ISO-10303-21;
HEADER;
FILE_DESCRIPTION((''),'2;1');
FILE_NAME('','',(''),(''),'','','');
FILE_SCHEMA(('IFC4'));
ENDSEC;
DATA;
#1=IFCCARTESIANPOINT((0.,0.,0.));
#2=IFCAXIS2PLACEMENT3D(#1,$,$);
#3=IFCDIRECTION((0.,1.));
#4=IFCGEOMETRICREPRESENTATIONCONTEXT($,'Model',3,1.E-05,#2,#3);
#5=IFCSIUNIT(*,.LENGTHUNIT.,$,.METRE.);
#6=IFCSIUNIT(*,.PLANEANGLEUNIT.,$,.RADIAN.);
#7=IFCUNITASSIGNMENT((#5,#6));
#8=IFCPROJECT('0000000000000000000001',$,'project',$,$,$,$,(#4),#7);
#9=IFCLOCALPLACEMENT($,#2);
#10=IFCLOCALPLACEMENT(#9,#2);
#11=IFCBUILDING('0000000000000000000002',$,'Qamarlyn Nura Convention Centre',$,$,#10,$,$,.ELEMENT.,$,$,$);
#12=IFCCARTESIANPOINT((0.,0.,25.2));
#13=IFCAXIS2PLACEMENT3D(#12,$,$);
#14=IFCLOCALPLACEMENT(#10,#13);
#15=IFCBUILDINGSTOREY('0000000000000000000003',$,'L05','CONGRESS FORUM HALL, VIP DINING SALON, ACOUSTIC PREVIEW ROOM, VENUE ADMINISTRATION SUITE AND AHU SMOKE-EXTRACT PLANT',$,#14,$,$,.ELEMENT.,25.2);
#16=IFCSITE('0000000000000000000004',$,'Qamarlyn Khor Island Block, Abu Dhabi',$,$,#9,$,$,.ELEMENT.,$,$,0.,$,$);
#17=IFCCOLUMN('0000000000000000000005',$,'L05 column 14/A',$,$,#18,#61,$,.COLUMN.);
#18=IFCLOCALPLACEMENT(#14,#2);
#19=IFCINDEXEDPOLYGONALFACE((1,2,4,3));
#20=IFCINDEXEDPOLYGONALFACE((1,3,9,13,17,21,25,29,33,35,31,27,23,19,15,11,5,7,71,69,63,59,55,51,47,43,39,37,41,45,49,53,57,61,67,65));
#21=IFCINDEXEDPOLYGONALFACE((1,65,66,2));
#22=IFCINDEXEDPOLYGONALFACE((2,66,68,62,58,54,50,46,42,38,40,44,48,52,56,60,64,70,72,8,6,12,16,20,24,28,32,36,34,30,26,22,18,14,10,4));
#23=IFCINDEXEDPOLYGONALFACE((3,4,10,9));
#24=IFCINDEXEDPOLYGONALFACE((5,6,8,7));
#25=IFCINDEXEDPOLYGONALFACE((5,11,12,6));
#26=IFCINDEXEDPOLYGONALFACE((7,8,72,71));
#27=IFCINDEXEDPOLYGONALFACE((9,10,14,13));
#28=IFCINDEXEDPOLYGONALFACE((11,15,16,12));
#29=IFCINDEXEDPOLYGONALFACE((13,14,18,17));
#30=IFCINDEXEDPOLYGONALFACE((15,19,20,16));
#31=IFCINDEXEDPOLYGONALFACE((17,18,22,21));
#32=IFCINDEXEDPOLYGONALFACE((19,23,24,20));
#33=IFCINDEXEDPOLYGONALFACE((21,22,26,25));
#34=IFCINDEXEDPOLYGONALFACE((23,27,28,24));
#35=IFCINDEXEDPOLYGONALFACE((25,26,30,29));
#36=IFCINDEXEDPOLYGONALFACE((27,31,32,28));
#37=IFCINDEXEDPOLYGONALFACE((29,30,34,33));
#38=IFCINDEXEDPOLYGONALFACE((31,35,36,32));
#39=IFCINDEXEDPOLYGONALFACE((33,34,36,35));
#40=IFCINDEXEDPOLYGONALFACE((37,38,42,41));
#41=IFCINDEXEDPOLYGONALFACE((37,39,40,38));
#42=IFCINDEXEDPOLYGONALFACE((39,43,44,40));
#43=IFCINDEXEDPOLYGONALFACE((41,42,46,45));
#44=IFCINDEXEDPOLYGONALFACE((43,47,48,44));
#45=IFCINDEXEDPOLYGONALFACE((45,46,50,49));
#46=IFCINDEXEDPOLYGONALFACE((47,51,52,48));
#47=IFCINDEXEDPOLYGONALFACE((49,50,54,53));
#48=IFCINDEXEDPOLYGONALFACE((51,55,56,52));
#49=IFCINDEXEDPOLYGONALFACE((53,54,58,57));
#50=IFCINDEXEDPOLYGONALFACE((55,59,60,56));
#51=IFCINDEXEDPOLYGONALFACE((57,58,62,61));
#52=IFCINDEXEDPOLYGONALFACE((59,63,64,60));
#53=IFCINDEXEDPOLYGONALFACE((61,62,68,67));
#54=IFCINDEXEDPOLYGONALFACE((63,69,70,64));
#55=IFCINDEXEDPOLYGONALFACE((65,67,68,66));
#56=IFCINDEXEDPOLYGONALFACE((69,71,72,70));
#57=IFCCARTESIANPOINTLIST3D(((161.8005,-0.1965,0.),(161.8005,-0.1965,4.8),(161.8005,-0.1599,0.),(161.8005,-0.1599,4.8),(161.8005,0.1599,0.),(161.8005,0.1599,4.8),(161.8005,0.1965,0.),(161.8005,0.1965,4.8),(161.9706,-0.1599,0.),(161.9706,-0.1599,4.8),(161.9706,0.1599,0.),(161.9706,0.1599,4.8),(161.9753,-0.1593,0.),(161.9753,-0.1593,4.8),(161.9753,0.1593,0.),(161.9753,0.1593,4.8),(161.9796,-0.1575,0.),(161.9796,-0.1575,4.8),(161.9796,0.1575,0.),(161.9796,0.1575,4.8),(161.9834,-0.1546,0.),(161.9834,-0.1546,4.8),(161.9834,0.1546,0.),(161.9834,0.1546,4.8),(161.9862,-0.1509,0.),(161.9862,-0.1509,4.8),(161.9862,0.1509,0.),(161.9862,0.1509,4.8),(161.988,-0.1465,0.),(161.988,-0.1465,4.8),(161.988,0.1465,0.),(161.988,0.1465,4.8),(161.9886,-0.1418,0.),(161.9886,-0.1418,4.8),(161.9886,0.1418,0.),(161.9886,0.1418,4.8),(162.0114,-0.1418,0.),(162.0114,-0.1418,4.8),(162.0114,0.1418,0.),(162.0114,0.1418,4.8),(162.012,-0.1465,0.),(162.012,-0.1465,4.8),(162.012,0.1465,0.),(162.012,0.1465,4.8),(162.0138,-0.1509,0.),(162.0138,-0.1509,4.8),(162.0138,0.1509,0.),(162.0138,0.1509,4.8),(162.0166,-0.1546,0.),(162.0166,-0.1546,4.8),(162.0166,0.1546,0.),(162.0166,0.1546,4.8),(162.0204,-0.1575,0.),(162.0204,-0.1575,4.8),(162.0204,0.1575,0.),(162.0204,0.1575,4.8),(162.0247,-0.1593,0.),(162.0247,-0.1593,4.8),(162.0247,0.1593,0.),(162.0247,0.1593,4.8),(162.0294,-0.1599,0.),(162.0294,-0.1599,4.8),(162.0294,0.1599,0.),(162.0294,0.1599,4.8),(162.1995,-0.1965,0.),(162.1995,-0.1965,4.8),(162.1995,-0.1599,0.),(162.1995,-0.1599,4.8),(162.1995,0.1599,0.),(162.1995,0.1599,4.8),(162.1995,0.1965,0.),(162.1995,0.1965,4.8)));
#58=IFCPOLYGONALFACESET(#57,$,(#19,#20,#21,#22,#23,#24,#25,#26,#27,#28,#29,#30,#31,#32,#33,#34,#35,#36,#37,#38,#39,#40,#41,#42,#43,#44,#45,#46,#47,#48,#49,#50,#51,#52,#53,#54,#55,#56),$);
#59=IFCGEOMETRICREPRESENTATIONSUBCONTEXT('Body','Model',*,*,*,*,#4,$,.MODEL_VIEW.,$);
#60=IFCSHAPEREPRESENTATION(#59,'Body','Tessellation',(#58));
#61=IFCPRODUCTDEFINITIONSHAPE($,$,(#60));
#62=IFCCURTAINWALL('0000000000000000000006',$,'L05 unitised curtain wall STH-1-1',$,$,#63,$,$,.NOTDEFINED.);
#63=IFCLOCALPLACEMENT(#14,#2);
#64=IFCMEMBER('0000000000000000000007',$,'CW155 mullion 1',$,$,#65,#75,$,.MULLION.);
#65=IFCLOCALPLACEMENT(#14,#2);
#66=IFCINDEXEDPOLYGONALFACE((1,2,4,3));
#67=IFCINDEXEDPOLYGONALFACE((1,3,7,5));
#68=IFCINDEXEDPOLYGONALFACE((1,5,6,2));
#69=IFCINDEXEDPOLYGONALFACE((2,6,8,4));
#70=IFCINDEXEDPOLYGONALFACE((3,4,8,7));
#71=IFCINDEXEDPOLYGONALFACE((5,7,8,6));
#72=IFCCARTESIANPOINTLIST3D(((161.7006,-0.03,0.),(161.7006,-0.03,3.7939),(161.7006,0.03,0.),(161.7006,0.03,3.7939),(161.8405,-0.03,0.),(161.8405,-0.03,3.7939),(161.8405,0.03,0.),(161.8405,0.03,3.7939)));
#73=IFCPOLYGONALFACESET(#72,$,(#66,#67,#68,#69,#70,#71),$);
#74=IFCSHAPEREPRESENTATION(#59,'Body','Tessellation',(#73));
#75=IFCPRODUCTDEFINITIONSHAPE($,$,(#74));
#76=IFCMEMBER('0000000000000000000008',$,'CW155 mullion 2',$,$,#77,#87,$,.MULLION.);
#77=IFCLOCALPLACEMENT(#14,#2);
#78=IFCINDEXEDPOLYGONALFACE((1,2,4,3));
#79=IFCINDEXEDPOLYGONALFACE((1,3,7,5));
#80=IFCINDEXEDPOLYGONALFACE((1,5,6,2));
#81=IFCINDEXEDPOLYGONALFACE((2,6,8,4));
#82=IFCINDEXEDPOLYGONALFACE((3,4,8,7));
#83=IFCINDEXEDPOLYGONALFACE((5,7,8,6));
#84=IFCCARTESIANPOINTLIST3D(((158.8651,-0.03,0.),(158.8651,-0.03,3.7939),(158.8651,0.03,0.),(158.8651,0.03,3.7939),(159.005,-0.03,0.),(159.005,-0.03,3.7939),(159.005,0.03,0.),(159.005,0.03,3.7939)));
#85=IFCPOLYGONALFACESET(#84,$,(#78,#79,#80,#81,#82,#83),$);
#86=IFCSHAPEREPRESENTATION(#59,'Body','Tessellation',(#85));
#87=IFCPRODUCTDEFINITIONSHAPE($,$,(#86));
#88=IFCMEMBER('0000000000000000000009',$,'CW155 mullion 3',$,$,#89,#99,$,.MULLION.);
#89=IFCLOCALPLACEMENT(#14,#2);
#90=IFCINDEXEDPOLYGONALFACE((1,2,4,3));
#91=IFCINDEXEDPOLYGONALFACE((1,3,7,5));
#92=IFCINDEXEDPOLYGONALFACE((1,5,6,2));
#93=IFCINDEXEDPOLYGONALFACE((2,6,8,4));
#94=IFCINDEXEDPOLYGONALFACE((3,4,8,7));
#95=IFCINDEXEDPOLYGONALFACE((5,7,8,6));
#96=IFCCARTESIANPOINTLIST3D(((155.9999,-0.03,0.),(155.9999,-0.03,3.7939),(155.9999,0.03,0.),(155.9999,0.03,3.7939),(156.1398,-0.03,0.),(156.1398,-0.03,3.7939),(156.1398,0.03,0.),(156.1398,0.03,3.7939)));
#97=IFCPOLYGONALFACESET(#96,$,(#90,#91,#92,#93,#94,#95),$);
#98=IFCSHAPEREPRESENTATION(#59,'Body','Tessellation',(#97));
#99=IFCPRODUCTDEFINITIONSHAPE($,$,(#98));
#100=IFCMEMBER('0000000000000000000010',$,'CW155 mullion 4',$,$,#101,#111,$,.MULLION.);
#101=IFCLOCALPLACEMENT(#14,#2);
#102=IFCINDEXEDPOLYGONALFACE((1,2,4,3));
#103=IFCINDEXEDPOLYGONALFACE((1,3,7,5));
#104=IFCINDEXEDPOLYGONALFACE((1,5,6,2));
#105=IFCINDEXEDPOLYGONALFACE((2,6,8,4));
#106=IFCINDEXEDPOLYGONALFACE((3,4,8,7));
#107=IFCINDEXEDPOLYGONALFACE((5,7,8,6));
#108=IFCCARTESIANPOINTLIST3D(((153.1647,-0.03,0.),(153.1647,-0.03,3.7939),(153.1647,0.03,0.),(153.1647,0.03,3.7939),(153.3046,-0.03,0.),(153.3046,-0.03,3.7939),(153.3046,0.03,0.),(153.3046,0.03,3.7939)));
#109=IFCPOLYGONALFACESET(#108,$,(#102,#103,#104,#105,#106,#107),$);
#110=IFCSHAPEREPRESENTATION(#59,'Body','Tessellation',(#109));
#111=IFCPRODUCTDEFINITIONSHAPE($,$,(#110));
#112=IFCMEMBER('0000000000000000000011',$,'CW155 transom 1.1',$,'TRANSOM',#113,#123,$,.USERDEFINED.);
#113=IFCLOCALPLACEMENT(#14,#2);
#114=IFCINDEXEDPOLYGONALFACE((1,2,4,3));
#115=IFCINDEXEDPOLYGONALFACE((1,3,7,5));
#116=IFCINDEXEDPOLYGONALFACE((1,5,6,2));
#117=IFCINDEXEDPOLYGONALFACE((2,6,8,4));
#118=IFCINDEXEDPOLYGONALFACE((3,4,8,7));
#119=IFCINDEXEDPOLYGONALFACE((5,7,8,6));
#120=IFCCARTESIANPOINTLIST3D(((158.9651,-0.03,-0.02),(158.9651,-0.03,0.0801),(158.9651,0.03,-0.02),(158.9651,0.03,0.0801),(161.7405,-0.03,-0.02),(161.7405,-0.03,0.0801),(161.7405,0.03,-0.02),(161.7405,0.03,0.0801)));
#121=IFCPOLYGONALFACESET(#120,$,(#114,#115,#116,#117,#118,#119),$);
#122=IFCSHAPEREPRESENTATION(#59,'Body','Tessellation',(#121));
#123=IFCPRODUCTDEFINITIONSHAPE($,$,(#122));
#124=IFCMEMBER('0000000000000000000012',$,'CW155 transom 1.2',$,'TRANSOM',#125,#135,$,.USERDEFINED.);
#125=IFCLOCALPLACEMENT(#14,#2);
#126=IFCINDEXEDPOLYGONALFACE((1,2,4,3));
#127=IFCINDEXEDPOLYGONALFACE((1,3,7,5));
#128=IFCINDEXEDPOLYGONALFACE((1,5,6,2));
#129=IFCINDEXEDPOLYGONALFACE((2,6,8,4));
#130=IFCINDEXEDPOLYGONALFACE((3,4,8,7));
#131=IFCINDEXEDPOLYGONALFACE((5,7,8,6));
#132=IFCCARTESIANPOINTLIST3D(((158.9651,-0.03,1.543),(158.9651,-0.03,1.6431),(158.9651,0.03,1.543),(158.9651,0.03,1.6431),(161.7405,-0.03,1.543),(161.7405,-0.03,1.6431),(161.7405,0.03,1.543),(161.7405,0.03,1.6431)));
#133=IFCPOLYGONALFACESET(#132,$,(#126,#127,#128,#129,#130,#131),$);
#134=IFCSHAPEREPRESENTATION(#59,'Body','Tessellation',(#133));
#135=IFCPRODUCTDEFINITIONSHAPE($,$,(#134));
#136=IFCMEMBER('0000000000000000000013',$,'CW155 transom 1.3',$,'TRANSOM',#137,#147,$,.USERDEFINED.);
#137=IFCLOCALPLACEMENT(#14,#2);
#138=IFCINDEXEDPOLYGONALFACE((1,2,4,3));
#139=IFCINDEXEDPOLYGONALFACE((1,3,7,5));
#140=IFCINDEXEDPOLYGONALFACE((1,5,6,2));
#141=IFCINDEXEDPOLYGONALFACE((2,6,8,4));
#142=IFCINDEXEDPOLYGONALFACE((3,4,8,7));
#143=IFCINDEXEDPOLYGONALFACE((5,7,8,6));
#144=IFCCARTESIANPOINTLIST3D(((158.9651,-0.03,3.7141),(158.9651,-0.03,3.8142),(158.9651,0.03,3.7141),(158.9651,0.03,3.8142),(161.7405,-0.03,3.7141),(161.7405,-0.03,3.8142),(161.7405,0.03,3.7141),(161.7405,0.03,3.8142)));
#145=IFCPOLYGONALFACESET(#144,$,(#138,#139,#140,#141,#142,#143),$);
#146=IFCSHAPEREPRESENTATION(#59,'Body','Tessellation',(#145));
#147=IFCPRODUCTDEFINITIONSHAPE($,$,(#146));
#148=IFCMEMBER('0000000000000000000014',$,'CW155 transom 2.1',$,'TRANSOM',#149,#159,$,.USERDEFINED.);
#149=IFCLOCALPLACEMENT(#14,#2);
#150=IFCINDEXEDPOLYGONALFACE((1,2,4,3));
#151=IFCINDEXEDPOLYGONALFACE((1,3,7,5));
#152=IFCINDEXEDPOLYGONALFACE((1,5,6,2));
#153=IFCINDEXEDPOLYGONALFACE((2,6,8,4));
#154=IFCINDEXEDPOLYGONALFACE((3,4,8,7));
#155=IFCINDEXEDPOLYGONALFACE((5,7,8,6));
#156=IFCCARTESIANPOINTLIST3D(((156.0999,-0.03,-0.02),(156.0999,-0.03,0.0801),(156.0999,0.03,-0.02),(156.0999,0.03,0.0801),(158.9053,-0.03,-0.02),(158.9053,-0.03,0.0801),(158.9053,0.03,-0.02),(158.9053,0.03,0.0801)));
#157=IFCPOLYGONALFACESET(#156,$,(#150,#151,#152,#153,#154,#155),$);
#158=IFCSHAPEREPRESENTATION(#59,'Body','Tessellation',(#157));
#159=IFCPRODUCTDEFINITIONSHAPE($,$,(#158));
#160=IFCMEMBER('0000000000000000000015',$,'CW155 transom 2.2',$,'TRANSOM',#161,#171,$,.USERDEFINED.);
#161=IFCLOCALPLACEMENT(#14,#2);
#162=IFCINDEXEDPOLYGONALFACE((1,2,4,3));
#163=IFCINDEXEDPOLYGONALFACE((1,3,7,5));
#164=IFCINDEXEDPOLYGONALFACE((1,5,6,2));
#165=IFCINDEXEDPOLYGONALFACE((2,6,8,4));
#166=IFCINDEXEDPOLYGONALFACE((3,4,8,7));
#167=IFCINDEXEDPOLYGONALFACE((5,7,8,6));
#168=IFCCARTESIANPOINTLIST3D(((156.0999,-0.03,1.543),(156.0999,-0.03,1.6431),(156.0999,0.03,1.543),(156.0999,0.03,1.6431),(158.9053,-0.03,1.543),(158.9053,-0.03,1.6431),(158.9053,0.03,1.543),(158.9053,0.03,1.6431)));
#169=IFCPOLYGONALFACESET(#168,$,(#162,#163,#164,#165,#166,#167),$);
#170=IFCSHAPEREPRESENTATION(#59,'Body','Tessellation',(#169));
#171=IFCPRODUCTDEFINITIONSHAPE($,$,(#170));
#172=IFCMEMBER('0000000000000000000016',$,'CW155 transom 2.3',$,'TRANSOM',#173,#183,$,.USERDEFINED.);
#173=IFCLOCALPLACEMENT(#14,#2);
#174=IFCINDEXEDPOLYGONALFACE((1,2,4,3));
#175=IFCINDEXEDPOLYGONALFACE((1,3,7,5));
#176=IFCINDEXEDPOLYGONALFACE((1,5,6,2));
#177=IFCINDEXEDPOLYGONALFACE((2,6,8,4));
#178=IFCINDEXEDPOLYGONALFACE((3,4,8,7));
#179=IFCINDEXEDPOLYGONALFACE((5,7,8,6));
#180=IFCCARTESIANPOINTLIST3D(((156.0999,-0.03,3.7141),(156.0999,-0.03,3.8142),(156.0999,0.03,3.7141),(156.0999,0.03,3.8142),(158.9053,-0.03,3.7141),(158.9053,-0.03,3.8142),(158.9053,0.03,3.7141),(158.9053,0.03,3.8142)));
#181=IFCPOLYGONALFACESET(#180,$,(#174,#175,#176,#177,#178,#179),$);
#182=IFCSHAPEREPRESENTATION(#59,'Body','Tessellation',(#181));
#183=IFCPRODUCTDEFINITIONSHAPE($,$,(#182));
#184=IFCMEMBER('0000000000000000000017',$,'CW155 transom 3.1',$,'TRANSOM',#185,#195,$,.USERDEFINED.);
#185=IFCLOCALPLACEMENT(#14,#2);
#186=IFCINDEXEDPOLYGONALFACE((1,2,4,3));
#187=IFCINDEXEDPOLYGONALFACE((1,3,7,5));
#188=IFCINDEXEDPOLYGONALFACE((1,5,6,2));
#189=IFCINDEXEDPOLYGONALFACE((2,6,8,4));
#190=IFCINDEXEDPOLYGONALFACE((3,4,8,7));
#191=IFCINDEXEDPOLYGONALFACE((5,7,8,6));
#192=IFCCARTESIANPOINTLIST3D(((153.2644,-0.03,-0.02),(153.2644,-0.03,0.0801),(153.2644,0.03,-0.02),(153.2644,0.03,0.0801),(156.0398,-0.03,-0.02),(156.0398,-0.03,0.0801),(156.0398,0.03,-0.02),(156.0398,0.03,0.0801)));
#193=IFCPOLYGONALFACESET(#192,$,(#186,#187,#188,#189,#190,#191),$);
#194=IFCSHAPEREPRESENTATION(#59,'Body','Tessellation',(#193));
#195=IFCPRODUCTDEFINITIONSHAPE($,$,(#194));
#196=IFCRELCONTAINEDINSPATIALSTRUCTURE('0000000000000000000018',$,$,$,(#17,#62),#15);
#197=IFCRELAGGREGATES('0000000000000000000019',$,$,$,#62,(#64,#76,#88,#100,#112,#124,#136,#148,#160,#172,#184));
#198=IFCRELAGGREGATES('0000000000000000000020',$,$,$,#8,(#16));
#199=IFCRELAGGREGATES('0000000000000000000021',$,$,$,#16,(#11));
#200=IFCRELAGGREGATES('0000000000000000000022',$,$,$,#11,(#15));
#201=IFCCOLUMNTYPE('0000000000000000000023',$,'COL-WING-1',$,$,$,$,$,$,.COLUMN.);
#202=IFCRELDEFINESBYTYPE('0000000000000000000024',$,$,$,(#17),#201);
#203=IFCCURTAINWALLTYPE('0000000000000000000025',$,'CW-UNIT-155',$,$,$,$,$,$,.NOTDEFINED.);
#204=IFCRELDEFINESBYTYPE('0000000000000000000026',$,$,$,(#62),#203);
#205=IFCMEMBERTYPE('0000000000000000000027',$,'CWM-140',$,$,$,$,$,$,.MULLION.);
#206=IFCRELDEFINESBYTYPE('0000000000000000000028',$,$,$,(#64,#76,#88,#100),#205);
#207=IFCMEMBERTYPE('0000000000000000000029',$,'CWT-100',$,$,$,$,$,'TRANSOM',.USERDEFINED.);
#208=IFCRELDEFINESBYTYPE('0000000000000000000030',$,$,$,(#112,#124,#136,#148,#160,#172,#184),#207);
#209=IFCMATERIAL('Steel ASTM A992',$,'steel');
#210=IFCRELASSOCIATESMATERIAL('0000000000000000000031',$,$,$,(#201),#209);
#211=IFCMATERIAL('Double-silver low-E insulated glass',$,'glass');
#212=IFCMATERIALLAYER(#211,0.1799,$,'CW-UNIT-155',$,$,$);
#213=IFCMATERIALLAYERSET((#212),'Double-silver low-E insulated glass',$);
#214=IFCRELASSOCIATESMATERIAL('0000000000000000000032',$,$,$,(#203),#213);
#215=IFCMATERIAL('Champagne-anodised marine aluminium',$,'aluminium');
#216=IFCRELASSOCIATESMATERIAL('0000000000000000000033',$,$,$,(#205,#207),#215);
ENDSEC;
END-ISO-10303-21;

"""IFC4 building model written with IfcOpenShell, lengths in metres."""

from ifc_helpers import new_model, si_unit, direction, frame, origin, origin_2d, place, context, subcontext, project, spatial, rectangle, i_section, extrude, material, layer, layer_set, material_profile, profile_set, type_object, element, aggregate, save


model = new_model("IFC4")

# Units and contexts
model_context = context("Model", 3, precision=1e-05, world=origin(), true_north=direction((0.0, 1.0)))
body_context = subcontext(model_context, "Body", "Model", "MODEL_VIEW")
ifc_project = project(units=[si_unit("LENGTHUNIT", "METRE"), si_unit("PLANEANGLEUNIT", "RADIAN")], contexts=[model_context])

# Site, building, storey
site_placement = place(None, origin())
site = spatial("IfcSite", under=ifc_project, at=site_placement, Name="Qamarlyn Khor Island Block, Abu Dhabi", CompositionType="ELEMENT", RefElevation=0.0)
building_placement = place(site_placement, origin())
building = spatial("IfcBuilding", under=site, at=building_placement, Name="Qamarlyn Nura Convention Centre", CompositionType="ELEMENT")
storey_placement = place(building_placement, frame((0.0, 0.0, 25.2)))
storey = spatial("IfcBuildingStorey", under=building, at=storey_placement, Name="L05", Description="CONGRESS FORUM HALL, VIP DINING SALON, ACOUSTIC PREVIEW ROOM, VENUE ADMINISTRATION SUITE AND AHU SMOKE-EXTRACT PLANT", CompositionType="ELEMENT", Elevation=25.2)

# Column
ifc_material_1 = material(Name="Steel ASTM A992", Category="steel")
ifc_material_profile_1 = material_profile(ifc_material_1, i_section(OverallWidth=0.3989, OverallDepth=0.3931, WebThickness=0.0227, FlangeThickness=0.0366, FilletRadius=0.0181, at=origin_2d()), Name="W360X287")
ifc_profile_set_1 = profile_set([ifc_material_profile_1], Name="Steel ASTM A992")
column_type = type_object("IfcColumnType", Name="COL-WING-1", PredefinedType="COLUMN", material=ifc_profile_set_1)
column_placement = place(storey_placement, frame((162.0, 0.0, 0.0), z_axis=(0.0, 0.0, 1.0), x_axis=(1.0, 0.0, 0.0)))
element("IfcColumn", 1, at=column_placement, inside=storey, type_object=column_type, Name="L05 column 14/A", PredefinedType="COLUMN", context=body_context, shape_type="SweptSolid", body=[
    extrude(i_section(OverallWidth=0.3989, OverallDepth=0.3931, WebThickness=0.0227, FlangeThickness=0.0366, FilletRadius=0.0181, at=origin_2d()), origin(), (0.0, 0.0, 1.0), 4.8),
])

# Curtain wall, members
ifc_material_2 = material(Name="Double-silver low-E insulated glass", Category="glass")
ifc_layer_1 = layer(ifc_material_2, 0.1799, Name="CW-UNIT-155")
ifc_layer_set_1 = layer_set([ifc_layer_1], Name="Double-silver low-E insulated glass")
curtain_wall_type = type_object("IfcCurtainWallType", Name="CW-UNIT-155", PredefinedType="NOTDEFINED", material=ifc_layer_set_1)
curtain_wall_placement = place(storey_placement, origin())
curtain_wall = element("IfcCurtainWall", 2, at=curtain_wall_placement, inside=storey, type_object=curtain_wall_type, Name="L05 unitised curtain wall STH-1-1", PredefinedType="NOTDEFINED")
ifc_material_3 = material(Name="Champagne-anodised marine aluminium", Category="aluminium")
ifc_material_profile_2 = material_profile(ifc_material_3, rectangle(XDim=0.0601, YDim=0.1399, at=origin_2d()), Name="ALU MULLION 60x140")
ifc_profile_set_2 = profile_set([ifc_material_profile_2], Name="Champagne-anodised marine aluminium")
member_type_1 = type_object("IfcMemberType", Name="CWM-140", PredefinedType="MULLION", material=ifc_profile_set_2)
member_1_placement = place(storey_placement, frame((161.7705, 0.0, 0.0), z_axis=(0.0, 0.0, 1.0), x_axis=(0.0, -1.0, 0.0)))
member_1 = element("IfcMember", 3, at=member_1_placement, type_object=member_type_1, Name="CW155 mullion 1", PredefinedType="MULLION", context=body_context, shape_type="SweptSolid", body=[
    extrude(rectangle(XDim=0.0601, YDim=0.1399, at=origin_2d()), origin(), (0.0, 0.0, 1.0), 3.7939),
])
member_2_placement = place(storey_placement, frame((158.9351, 0.0, 0.0), z_axis=(0.0, 0.0, 1.0), x_axis=(0.0, -1.0, 0.0)))
member_2 = element("IfcMember", 4, at=member_2_placement, type_object=member_type_1, Name="CW155 mullion 2", PredefinedType="MULLION", context=body_context, shape_type="SweptSolid", body=[
    extrude(rectangle(XDim=0.0601, YDim=0.1399, at=origin_2d()), origin(), (0.0, 0.0, 1.0), 3.7939),
])
member_3_placement = place(storey_placement, frame((156.0698, 0.0, 0.0), z_axis=(0.0, 0.0, 1.0), x_axis=(0.0, -1.0, 0.0)))
member_3 = element("IfcMember", 5, at=member_3_placement, type_object=member_type_1, Name="CW155 mullion 3", PredefinedType="MULLION", context=body_context, shape_type="SweptSolid", body=[
    extrude(rectangle(XDim=0.0601, YDim=0.1399, at=origin_2d()), origin(), (0.0, 0.0, 1.0), 3.7939),
])
member_4_placement = place(storey_placement, frame((153.2346, 0.0, 0.0), z_axis=(0.0, 0.0, 1.0), x_axis=(0.0, -1.0, 0.0)))
member_4 = element("IfcMember", 6, at=member_4_placement, type_object=member_type_1, Name="CW155 mullion 4", PredefinedType="MULLION", context=body_context, shape_type="SweptSolid", body=[
    extrude(rectangle(XDim=0.0601, YDim=0.1399, at=origin_2d()), origin(), (0.0, 0.0, 1.0), 3.7939),
])
ifc_material_profile_3 = material_profile(ifc_material_3, rectangle(XDim=0.0601, YDim=0.1001, at=origin_2d()), Name="ALU TRANSOM 60x100")
ifc_profile_set_3 = profile_set([ifc_material_profile_3], Name="Champagne-anodised marine aluminium")
member_type_2 = type_object("IfcMemberType", Name="CWT-100", ElementType="TRANSOM", PredefinedType="USERDEFINED", material=ifc_profile_set_3)
member_5_placement = place(storey_placement, frame((161.7405, 0.0, 0.03), z_axis=(-1.0, 0.0, 0.0), x_axis=(0.0, -1.0, 0.0)))
member_5 = element("IfcMember", 7, at=member_5_placement, type_object=member_type_2, Name="CW155 transom 1.1", ObjectType="TRANSOM", PredefinedType="USERDEFINED", context=body_context, shape_type="SweptSolid", body=[
    extrude(rectangle(XDim=0.0601, YDim=0.1001, at=origin_2d()), origin(), (0.0, 0.0, 1.0), 2.7754),
])
member_6_placement = place(storey_placement, frame((161.7405, 0.0, 1.593), z_axis=(-1.0, 0.0, 0.0), x_axis=(0.0, -1.0, 0.0)))
member_6 = element("IfcMember", 8, at=member_6_placement, type_object=member_type_2, Name="CW155 transom 1.2", ObjectType="TRANSOM", PredefinedType="USERDEFINED", context=body_context, shape_type="SweptSolid", body=[
    extrude(rectangle(XDim=0.0601, YDim=0.1001, at=origin_2d()), origin(), (0.0, 0.0, 1.0), 2.7754),
])
member_7_placement = place(storey_placement, frame((161.7405, 0.0, 3.7642), z_axis=(-1.0, 0.0, 0.0), x_axis=(0.0, -1.0, 0.0)))
member_7 = element("IfcMember", 9, at=member_7_placement, type_object=member_type_2, Name="CW155 transom 1.3", ObjectType="TRANSOM", PredefinedType="USERDEFINED", context=body_context, shape_type="SweptSolid", body=[
    extrude(rectangle(XDim=0.0601, YDim=0.1001, at=origin_2d()), origin(), (0.0, 0.0, 1.0), 2.7754),
])
member_8_placement = place(storey_placement, frame((158.9053, 0.0, 0.03), z_axis=(-1.0, 0.0, 0.0), x_axis=(0.0, -1.0, 0.0)))
member_8 = element("IfcMember", 10, at=member_8_placement, type_object=member_type_2, Name="CW155 transom 2.1", ObjectType="TRANSOM", PredefinedType="USERDEFINED", context=body_context, shape_type="SweptSolid", body=[
    extrude(rectangle(XDim=0.0601, YDim=0.1001, at=origin_2d()), origin(), (0.0, 0.0, 1.0), 2.8054),
])
member_9_placement = place(storey_placement, frame((158.9053, 0.0, 1.593), z_axis=(-1.0, 0.0, 0.0), x_axis=(0.0, -1.0, 0.0)))
member_9 = element("IfcMember", 11, at=member_9_placement, type_object=member_type_2, Name="CW155 transom 2.2", ObjectType="TRANSOM", PredefinedType="USERDEFINED", context=body_context, shape_type="SweptSolid", body=[
    extrude(rectangle(XDim=0.0601, YDim=0.1001, at=origin_2d()), origin(), (0.0, 0.0, 1.0), 2.8054),
])
member_10_placement = place(storey_placement, frame((158.9053, 0.0, 3.7642), z_axis=(-1.0, 0.0, 0.0), x_axis=(0.0, -1.0, 0.0)))
member_10 = element("IfcMember", 12, at=member_10_placement, type_object=member_type_2, Name="CW155 transom 2.3", ObjectType="TRANSOM", PredefinedType="USERDEFINED", context=body_context, shape_type="SweptSolid", body=[
    extrude(rectangle(XDim=0.0601, YDim=0.1001, at=origin_2d()), origin(), (0.0, 0.0, 1.0), 2.8054),
])
member_11_placement = place(storey_placement, frame((156.0398, 0.0, 0.03), z_axis=(-1.0, 0.0, 0.0), x_axis=(0.0, -1.0, 0.0)))
member_11 = element("IfcMember", 13, at=member_11_placement, type_object=member_type_2, Name="CW155 transom 3.1", ObjectType="TRANSOM", PredefinedType="USERDEFINED", context=body_context, shape_type="SweptSolid", body=[
    extrude(rectangle(XDim=0.0601, YDim=0.1001, at=origin_2d()), origin(), (0.0, 0.0, 1.0), 2.7754),
])
aggregate(curtain_wall, [member_1, member_2, member_3, member_4, member_5, member_6, member_7, member_8, member_9, member_10, member_11])

save(model, "model.ifc")
